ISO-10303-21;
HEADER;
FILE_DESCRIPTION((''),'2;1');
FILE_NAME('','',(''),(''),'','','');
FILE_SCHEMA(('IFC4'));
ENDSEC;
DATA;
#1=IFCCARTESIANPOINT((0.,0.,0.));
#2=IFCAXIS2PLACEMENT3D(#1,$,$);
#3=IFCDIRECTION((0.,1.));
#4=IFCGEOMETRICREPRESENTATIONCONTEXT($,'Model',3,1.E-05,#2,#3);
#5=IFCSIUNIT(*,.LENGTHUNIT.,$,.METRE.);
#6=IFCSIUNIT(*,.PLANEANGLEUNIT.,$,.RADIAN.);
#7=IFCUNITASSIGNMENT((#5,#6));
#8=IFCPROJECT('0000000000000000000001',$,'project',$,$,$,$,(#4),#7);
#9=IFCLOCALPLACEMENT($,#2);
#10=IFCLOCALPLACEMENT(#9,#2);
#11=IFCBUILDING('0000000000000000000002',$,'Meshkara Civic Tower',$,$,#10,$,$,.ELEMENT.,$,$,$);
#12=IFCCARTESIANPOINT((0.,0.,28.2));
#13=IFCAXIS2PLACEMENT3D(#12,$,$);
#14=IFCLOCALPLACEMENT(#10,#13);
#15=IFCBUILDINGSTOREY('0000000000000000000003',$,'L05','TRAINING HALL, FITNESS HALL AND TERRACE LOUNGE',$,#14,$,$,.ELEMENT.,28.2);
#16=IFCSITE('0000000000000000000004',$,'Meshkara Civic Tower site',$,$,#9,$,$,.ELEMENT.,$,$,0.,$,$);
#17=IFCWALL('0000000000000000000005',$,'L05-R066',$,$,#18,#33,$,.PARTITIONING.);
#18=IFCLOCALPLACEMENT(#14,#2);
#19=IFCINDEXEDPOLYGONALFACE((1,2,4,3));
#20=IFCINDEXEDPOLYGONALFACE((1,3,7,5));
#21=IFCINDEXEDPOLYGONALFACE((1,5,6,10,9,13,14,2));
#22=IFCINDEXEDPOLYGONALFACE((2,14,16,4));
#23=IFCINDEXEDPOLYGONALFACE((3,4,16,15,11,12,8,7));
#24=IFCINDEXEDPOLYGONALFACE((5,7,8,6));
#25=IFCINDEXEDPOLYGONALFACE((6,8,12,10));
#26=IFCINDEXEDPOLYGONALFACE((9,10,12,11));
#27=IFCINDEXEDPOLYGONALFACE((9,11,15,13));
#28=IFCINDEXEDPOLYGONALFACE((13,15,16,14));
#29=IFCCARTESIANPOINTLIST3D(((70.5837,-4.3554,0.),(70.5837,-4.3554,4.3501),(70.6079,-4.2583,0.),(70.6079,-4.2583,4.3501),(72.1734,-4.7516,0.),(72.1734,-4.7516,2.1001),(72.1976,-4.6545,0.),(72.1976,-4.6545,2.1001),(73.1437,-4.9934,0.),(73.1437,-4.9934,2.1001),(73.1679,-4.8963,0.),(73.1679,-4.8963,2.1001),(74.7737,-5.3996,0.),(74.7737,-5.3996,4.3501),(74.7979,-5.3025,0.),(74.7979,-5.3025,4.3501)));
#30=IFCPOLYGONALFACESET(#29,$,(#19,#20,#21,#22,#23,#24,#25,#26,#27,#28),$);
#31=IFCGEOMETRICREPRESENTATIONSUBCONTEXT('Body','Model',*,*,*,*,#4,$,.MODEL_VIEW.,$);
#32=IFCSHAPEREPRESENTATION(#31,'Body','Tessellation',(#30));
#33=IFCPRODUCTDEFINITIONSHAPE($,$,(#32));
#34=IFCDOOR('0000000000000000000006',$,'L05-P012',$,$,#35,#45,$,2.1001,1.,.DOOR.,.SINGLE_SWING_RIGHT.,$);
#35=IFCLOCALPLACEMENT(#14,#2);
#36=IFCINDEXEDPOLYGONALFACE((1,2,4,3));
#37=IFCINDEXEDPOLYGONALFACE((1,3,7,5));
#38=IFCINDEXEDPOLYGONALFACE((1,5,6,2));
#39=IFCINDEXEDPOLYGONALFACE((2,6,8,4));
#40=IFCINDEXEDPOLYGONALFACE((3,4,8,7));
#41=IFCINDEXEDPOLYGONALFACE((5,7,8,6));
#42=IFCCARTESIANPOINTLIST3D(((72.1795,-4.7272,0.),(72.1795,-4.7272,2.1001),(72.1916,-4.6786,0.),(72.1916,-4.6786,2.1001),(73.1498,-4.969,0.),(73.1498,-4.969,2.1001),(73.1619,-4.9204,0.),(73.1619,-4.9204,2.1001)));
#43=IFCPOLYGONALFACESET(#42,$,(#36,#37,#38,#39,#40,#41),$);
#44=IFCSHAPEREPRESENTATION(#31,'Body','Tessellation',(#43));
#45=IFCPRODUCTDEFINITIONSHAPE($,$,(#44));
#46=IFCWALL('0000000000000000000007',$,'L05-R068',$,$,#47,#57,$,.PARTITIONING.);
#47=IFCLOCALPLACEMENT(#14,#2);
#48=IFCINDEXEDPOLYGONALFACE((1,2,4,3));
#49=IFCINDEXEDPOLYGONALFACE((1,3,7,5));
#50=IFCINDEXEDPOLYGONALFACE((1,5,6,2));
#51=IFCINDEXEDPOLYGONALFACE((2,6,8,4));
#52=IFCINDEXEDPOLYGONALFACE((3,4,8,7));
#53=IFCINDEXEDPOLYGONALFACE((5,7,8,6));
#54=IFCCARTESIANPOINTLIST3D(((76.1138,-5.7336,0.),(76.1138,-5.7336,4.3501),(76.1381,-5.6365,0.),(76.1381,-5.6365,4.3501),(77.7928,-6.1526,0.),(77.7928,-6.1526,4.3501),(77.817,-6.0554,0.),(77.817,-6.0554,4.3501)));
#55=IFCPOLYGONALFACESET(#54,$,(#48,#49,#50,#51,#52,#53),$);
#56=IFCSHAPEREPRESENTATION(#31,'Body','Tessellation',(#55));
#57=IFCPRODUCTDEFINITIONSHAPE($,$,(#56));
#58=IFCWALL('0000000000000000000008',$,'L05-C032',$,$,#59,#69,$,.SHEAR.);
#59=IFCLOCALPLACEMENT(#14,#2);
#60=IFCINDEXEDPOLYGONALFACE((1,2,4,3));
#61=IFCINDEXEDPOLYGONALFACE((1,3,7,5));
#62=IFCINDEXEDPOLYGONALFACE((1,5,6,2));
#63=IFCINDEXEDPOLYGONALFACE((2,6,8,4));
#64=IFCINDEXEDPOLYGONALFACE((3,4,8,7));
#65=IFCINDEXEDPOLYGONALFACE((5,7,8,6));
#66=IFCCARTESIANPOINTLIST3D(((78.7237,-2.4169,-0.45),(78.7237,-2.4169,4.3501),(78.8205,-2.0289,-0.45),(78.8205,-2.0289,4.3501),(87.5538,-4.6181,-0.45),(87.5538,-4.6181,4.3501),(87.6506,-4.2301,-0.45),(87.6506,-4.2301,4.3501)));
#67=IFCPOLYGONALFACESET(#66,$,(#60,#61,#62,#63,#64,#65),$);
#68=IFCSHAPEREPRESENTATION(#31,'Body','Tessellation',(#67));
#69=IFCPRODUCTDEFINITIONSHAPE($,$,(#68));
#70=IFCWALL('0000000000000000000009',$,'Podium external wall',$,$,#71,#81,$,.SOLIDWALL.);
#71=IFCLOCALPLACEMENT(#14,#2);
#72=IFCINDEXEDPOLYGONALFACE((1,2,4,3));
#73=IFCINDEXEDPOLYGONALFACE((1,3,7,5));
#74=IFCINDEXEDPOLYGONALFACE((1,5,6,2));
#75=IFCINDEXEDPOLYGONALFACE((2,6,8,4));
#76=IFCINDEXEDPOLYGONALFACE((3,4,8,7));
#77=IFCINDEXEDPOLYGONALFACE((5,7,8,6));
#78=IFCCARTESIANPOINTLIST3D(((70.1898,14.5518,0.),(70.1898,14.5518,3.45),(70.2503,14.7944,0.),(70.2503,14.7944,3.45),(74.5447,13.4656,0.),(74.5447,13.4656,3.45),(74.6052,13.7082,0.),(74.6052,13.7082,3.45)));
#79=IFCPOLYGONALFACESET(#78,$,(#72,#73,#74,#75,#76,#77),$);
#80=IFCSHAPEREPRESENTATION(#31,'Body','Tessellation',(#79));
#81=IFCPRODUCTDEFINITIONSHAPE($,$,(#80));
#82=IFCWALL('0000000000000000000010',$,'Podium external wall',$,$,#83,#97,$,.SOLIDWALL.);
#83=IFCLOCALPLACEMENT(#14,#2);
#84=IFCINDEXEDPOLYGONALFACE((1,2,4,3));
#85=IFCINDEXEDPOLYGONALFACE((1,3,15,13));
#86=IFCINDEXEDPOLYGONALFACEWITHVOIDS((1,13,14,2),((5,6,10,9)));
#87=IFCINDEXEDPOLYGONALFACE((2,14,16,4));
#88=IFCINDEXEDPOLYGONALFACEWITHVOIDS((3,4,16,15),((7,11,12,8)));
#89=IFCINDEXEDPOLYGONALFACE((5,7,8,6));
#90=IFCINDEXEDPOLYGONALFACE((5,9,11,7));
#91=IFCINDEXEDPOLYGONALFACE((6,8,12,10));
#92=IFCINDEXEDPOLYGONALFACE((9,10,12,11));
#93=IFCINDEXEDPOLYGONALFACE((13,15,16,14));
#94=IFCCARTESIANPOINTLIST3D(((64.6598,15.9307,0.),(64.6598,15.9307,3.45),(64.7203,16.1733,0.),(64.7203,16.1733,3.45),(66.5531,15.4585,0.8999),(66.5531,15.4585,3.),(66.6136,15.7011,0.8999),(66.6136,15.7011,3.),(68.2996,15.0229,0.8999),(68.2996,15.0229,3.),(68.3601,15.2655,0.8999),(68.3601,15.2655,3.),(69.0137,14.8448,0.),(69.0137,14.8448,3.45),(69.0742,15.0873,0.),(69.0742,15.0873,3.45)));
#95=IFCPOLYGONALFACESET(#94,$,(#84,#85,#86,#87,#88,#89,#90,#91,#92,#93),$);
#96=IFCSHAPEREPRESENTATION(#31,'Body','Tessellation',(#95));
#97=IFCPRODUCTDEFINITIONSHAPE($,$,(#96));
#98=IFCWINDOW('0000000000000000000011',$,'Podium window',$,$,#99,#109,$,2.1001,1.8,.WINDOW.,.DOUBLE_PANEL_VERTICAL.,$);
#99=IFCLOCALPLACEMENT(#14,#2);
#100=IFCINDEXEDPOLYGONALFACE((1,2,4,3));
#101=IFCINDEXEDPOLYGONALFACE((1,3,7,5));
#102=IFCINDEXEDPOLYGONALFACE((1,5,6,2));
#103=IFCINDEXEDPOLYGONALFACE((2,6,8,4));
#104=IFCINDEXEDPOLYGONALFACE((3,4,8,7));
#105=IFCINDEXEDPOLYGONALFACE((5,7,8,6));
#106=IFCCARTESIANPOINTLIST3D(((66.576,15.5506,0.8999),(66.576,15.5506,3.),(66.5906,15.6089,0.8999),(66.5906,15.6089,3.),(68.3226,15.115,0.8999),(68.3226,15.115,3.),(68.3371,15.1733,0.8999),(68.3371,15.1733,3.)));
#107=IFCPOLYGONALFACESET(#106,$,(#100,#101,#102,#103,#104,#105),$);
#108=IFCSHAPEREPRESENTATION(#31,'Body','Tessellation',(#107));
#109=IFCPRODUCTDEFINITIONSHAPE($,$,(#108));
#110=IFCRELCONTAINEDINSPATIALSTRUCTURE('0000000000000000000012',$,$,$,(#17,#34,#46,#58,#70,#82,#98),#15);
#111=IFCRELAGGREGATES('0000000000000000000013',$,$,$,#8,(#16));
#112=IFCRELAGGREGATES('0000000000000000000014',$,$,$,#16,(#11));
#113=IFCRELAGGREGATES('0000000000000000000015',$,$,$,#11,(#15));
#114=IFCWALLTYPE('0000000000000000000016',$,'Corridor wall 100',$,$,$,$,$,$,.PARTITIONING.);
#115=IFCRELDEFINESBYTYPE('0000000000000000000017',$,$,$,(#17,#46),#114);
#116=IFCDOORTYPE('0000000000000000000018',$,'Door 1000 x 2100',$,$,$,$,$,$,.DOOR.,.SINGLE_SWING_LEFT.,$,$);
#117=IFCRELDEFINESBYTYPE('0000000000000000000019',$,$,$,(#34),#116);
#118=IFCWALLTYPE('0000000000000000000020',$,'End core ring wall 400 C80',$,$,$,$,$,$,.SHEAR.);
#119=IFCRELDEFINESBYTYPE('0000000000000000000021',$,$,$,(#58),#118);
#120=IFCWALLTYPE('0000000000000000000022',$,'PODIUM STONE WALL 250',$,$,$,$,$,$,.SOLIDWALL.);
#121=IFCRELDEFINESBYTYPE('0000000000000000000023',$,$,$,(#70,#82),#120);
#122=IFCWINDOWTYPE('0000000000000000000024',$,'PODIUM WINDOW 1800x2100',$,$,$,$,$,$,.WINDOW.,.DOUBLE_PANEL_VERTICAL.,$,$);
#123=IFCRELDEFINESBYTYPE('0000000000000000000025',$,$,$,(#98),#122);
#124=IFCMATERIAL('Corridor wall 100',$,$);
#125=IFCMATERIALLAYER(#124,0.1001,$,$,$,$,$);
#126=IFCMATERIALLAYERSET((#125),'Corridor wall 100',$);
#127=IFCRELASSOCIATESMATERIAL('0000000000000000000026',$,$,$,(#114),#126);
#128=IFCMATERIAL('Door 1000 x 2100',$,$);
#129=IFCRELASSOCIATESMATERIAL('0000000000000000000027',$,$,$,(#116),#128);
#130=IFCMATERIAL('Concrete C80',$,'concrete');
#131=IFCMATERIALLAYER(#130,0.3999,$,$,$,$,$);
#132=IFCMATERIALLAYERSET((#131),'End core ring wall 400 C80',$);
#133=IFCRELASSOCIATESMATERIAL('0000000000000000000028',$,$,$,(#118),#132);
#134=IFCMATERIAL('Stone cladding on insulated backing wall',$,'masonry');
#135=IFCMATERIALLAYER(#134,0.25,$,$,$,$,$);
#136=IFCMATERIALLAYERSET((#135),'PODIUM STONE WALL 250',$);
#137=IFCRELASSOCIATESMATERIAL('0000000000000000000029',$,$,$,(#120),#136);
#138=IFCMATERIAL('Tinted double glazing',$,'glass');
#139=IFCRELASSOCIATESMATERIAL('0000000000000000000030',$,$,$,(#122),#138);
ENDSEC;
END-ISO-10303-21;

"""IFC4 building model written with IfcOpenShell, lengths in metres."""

from ifc_helpers import new_model, si_unit, direction, frame, frame_2d, origin, place, context, subcontext, project, spatial, rectangle, extrude, material, layer, layer_set, type_object, element, fill, save


model = new_model("IFC4")

# Units and contexts
model_context = context("Model", 3, precision=1e-05, world=origin(), true_north=direction((0.0, 1.0)))
body_context = subcontext(model_context, "Body", "Model", "MODEL_VIEW")
ifc_project = project(units=[si_unit("LENGTHUNIT", "METRE"), si_unit("PLANEANGLEUNIT", "RADIAN")], contexts=[model_context])

# Site, building, storey
site_placement = place(None, origin())
site = spatial("IfcSite", under=ifc_project, at=site_placement, Name="Meshkara Civic Tower site", CompositionType="ELEMENT", RefElevation=0.0)
building_placement = place(site_placement, origin())
building = spatial("IfcBuilding", under=site, at=building_placement, Name="Meshkara Civic Tower", CompositionType="ELEMENT")
storey_placement = place(building_placement, frame((0.0, 0.0, 28.2)))
storey = spatial("IfcBuildingStorey", under=building, at=storey_placement, Name="L05", Description="TRAINING HALL, FITNESS HALL AND TERRACE LOUNGE", CompositionType="ELEMENT", Elevation=28.2)

# Wall, opening, door
ifc_material_1 = material(Name="Corridor wall 100")
ifc_layer_1 = layer(ifc_material_1, 0.1001)
ifc_layer_set_1 = layer_set([ifc_layer_1], Name="Corridor wall 100")
wall_type_1 = type_object("IfcWallType", Name="Corridor wall 100", PredefinedType="PARTITIONING", material=ifc_layer_set_1)
wall_1_placement = place(storey_placement, frame((74.7859, -5.3511, 0.0), z_axis=(0.0, 0.0, 1.0), x_axis=(-0.970322, 0.241817, 0.0)))
wall_1 = element("IfcWall", 1, at=wall_1_placement, inside=storey, type_object=wall_type_1, Name="L05-R066", PredefinedType="PARTITIONING", context=body_context, shape_type="SweptSolid", body=[
    extrude(rectangle(XDim=4.3181, YDim=0.1001, at=frame_2d((2.1592, 0.0))), origin(), (0.0, 0.0, 1.0), 4.3501),
])
opening_1_placement = place(wall_1_placement, frame((1.6799, 0.0, 0.0)))
opening_1 = element("IfcOpeningElement", 2, at=opening_1_placement, cuts=wall_1, PredefinedType="OPENING", context=body_context, shape_type="SweptSolid", body=[
    extrude(rectangle(XDim=1.0, YDim=2.1001, at=frame_2d((0.5, 1.05))), frame((0.0, 0.0601, 0.0), z_axis=(0.0, -1.0, 0.0), x_axis=(1.0, 0.0, 0.0)), (0.0, 0.0, 1.0), 0.1201),
])
ifc_material_2 = material(Name="Door 1000 x 2100")
door_type_1 = type_object("IfcDoorType", Name="Door 1000 x 2100", OperationType="SINGLE_SWING_LEFT", PredefinedType="DOOR", material=ifc_material_2)
door_1_placement = place(opening_1_placement, origin())
door_1 = element("IfcDoor", 3, at=door_1_placement, inside=storey, type_object=door_type_1, Name="L05-P012", OperationType="SINGLE_SWING_RIGHT", OverallHeight=2.1001, OverallWidth=1.0, PredefinedType="DOOR", context=body_context, shape_type="SweptSolid", body=[
    extrude(rectangle(XDim=1.0, YDim=2.1001, at=frame_2d((0.5, 1.05))), frame((0.0, 0.0249, 0.0), z_axis=(0.0, -1.0, 0.0), x_axis=(1.0, 0.0, 0.0)), (0.0, 0.0, 1.0), 0.05),
])
fill(opening_1, door_1)

# Walls
wall_2_placement = place(storey_placement, frame((77.8049, -6.104, 0.0), z_axis=(0.0, 0.0, 1.0), x_axis=(-0.97025, 0.242104, 0.0)))
element("IfcWall", 4, at=wall_2_placement, inside=storey, type_object=wall_type_1, Name="L05-R068", PredefinedType="PARTITIONING", context=body_context, shape_type="SweptSolid", body=[
    extrude(rectangle(XDim=1.7305, YDim=0.1001, at=frame_2d((0.8652, 0.0))), origin(), (0.0, 0.0, 1.0), 4.3501),
])
ifc_material_3 = material(Name="Concrete C80", Category="concrete")
ifc_layer_2 = layer(ifc_material_3, 0.3999)
ifc_layer_set_2 = layer_set([ifc_layer_2], Name="End core ring wall 400 C80")
wall_type_2 = type_object("IfcWallType", Name="End core ring wall 400 C80", PredefinedType="SHEAR", material=ifc_layer_set_2)
wall_3_placement = place(storey_placement, frame((78.772, -2.2229, -0.45), z_axis=(0.0, 0.0, 1.0), x_axis=(0.970306, -0.241879, 0.0)))
element("IfcWall", 5, at=wall_3_placement, inside=storey, type_object=wall_type_2, Name="L05-C032", PredefinedType="SHEAR", context=body_context, shape_type="SweptSolid", body=[
    extrude(rectangle(XDim=9.1003, YDim=0.3999, at=frame_2d((4.5503, 0.0))), origin(), (0.0, 0.0, 1.0), 4.8),
])
ifc_material_4 = material(Name="Stone cladding on insulated backing wall", Category="masonry")
ifc_layer_3 = layer(ifc_material_4, 0.25)
ifc_layer_set_3 = layer_set([ifc_layer_3], Name="PODIUM STONE WALL 250")
wall_type_3 = type_object("IfcWallType", Name="PODIUM STONE WALL 250", PredefinedType="SOLIDWALL", material=ifc_layer_set_3)
wall_4_placement = place(storey_placement, frame((74.575, 13.5869, 0.0), z_axis=(0.0, 0.0, 1.0), x_axis=(-0.970277, 0.241998, 0.0)))
element("IfcWall", 6, at=wall_4_placement, inside=storey, type_object=wall_type_3, Name="Podium external wall", PredefinedType="SOLIDWALL", context=body_context, shape_type="SweptSolid", body=[
    extrude(rectangle(XDim=4.4883, YDim=0.25, at=frame_2d((2.2441, 0.0))), origin(), (0.0, 0.0, 1.0), 3.45),
])

# Wall, opening, window
wall_5_placement = place(storey_placement, frame((69.0439, 14.9661, 0.0), z_axis=(0.0, 0.0, 1.0), x_axis=(-0.970277, 0.241998, 0.0)))
wall_5 = element("IfcWall", 7, at=wall_5_placement, inside=storey, type_object=wall_type_3, Name="Podium external wall", PredefinedType="SOLIDWALL", context=body_context, shape_type="SweptSolid", body=[
    extrude(rectangle(XDim=4.4873, YDim=0.25, at=frame_2d((2.2437, 0.0))), origin(), (0.0, 0.0, 1.0), 3.45),
])
opening_2_placement = place(wall_5_placement, frame((0.7361, 0.0, 0.8999)))
opening_2 = element("IfcOpeningElement", 8, at=opening_2_placement, cuts=wall_5, PredefinedType="OPENING", context=body_context, shape_type="SweptSolid", body=[
    extrude(rectangle(XDim=1.8, YDim=2.1001, at=frame_2d((0.8999, 1.05))), frame((0.0, 0.135, 0.0), z_axis=(0.0, -1.0, 0.0), x_axis=(1.0, 0.0, 0.0)), (0.0, 0.0, 1.0), 0.27),
])
ifc_material_5 = material(Name="Tinted double glazing", Category="glass")
window_type = type_object("IfcWindowType", Name="PODIUM WINDOW 1800x2100", PartitioningType="DOUBLE_PANEL_VERTICAL", PredefinedType="WINDOW", material=ifc_material_5)
window_placement = place(opening_2_placement, origin())
window = element("IfcWindow", 9, at=window_placement, inside=storey, type_object=window_type, Name="Podium window", OverallHeight=2.1001, OverallWidth=1.8, PartitioningType="DOUBLE_PANEL_VERTICAL", PredefinedType="WINDOW", context=body_context, shape_type="SweptSolid", body=[
    extrude(rectangle(XDim=1.8, YDim=2.1001, at=frame_2d((0.8999, 1.05))), frame((0.0, 0.03, 0.0), z_axis=(0.0, -1.0, 0.0), x_axis=(1.0, 0.0, 0.0)), (0.0, 0.0, 1.0), 0.0601),
])
fill(opening_2, window)

save(model, "model.ifc")
